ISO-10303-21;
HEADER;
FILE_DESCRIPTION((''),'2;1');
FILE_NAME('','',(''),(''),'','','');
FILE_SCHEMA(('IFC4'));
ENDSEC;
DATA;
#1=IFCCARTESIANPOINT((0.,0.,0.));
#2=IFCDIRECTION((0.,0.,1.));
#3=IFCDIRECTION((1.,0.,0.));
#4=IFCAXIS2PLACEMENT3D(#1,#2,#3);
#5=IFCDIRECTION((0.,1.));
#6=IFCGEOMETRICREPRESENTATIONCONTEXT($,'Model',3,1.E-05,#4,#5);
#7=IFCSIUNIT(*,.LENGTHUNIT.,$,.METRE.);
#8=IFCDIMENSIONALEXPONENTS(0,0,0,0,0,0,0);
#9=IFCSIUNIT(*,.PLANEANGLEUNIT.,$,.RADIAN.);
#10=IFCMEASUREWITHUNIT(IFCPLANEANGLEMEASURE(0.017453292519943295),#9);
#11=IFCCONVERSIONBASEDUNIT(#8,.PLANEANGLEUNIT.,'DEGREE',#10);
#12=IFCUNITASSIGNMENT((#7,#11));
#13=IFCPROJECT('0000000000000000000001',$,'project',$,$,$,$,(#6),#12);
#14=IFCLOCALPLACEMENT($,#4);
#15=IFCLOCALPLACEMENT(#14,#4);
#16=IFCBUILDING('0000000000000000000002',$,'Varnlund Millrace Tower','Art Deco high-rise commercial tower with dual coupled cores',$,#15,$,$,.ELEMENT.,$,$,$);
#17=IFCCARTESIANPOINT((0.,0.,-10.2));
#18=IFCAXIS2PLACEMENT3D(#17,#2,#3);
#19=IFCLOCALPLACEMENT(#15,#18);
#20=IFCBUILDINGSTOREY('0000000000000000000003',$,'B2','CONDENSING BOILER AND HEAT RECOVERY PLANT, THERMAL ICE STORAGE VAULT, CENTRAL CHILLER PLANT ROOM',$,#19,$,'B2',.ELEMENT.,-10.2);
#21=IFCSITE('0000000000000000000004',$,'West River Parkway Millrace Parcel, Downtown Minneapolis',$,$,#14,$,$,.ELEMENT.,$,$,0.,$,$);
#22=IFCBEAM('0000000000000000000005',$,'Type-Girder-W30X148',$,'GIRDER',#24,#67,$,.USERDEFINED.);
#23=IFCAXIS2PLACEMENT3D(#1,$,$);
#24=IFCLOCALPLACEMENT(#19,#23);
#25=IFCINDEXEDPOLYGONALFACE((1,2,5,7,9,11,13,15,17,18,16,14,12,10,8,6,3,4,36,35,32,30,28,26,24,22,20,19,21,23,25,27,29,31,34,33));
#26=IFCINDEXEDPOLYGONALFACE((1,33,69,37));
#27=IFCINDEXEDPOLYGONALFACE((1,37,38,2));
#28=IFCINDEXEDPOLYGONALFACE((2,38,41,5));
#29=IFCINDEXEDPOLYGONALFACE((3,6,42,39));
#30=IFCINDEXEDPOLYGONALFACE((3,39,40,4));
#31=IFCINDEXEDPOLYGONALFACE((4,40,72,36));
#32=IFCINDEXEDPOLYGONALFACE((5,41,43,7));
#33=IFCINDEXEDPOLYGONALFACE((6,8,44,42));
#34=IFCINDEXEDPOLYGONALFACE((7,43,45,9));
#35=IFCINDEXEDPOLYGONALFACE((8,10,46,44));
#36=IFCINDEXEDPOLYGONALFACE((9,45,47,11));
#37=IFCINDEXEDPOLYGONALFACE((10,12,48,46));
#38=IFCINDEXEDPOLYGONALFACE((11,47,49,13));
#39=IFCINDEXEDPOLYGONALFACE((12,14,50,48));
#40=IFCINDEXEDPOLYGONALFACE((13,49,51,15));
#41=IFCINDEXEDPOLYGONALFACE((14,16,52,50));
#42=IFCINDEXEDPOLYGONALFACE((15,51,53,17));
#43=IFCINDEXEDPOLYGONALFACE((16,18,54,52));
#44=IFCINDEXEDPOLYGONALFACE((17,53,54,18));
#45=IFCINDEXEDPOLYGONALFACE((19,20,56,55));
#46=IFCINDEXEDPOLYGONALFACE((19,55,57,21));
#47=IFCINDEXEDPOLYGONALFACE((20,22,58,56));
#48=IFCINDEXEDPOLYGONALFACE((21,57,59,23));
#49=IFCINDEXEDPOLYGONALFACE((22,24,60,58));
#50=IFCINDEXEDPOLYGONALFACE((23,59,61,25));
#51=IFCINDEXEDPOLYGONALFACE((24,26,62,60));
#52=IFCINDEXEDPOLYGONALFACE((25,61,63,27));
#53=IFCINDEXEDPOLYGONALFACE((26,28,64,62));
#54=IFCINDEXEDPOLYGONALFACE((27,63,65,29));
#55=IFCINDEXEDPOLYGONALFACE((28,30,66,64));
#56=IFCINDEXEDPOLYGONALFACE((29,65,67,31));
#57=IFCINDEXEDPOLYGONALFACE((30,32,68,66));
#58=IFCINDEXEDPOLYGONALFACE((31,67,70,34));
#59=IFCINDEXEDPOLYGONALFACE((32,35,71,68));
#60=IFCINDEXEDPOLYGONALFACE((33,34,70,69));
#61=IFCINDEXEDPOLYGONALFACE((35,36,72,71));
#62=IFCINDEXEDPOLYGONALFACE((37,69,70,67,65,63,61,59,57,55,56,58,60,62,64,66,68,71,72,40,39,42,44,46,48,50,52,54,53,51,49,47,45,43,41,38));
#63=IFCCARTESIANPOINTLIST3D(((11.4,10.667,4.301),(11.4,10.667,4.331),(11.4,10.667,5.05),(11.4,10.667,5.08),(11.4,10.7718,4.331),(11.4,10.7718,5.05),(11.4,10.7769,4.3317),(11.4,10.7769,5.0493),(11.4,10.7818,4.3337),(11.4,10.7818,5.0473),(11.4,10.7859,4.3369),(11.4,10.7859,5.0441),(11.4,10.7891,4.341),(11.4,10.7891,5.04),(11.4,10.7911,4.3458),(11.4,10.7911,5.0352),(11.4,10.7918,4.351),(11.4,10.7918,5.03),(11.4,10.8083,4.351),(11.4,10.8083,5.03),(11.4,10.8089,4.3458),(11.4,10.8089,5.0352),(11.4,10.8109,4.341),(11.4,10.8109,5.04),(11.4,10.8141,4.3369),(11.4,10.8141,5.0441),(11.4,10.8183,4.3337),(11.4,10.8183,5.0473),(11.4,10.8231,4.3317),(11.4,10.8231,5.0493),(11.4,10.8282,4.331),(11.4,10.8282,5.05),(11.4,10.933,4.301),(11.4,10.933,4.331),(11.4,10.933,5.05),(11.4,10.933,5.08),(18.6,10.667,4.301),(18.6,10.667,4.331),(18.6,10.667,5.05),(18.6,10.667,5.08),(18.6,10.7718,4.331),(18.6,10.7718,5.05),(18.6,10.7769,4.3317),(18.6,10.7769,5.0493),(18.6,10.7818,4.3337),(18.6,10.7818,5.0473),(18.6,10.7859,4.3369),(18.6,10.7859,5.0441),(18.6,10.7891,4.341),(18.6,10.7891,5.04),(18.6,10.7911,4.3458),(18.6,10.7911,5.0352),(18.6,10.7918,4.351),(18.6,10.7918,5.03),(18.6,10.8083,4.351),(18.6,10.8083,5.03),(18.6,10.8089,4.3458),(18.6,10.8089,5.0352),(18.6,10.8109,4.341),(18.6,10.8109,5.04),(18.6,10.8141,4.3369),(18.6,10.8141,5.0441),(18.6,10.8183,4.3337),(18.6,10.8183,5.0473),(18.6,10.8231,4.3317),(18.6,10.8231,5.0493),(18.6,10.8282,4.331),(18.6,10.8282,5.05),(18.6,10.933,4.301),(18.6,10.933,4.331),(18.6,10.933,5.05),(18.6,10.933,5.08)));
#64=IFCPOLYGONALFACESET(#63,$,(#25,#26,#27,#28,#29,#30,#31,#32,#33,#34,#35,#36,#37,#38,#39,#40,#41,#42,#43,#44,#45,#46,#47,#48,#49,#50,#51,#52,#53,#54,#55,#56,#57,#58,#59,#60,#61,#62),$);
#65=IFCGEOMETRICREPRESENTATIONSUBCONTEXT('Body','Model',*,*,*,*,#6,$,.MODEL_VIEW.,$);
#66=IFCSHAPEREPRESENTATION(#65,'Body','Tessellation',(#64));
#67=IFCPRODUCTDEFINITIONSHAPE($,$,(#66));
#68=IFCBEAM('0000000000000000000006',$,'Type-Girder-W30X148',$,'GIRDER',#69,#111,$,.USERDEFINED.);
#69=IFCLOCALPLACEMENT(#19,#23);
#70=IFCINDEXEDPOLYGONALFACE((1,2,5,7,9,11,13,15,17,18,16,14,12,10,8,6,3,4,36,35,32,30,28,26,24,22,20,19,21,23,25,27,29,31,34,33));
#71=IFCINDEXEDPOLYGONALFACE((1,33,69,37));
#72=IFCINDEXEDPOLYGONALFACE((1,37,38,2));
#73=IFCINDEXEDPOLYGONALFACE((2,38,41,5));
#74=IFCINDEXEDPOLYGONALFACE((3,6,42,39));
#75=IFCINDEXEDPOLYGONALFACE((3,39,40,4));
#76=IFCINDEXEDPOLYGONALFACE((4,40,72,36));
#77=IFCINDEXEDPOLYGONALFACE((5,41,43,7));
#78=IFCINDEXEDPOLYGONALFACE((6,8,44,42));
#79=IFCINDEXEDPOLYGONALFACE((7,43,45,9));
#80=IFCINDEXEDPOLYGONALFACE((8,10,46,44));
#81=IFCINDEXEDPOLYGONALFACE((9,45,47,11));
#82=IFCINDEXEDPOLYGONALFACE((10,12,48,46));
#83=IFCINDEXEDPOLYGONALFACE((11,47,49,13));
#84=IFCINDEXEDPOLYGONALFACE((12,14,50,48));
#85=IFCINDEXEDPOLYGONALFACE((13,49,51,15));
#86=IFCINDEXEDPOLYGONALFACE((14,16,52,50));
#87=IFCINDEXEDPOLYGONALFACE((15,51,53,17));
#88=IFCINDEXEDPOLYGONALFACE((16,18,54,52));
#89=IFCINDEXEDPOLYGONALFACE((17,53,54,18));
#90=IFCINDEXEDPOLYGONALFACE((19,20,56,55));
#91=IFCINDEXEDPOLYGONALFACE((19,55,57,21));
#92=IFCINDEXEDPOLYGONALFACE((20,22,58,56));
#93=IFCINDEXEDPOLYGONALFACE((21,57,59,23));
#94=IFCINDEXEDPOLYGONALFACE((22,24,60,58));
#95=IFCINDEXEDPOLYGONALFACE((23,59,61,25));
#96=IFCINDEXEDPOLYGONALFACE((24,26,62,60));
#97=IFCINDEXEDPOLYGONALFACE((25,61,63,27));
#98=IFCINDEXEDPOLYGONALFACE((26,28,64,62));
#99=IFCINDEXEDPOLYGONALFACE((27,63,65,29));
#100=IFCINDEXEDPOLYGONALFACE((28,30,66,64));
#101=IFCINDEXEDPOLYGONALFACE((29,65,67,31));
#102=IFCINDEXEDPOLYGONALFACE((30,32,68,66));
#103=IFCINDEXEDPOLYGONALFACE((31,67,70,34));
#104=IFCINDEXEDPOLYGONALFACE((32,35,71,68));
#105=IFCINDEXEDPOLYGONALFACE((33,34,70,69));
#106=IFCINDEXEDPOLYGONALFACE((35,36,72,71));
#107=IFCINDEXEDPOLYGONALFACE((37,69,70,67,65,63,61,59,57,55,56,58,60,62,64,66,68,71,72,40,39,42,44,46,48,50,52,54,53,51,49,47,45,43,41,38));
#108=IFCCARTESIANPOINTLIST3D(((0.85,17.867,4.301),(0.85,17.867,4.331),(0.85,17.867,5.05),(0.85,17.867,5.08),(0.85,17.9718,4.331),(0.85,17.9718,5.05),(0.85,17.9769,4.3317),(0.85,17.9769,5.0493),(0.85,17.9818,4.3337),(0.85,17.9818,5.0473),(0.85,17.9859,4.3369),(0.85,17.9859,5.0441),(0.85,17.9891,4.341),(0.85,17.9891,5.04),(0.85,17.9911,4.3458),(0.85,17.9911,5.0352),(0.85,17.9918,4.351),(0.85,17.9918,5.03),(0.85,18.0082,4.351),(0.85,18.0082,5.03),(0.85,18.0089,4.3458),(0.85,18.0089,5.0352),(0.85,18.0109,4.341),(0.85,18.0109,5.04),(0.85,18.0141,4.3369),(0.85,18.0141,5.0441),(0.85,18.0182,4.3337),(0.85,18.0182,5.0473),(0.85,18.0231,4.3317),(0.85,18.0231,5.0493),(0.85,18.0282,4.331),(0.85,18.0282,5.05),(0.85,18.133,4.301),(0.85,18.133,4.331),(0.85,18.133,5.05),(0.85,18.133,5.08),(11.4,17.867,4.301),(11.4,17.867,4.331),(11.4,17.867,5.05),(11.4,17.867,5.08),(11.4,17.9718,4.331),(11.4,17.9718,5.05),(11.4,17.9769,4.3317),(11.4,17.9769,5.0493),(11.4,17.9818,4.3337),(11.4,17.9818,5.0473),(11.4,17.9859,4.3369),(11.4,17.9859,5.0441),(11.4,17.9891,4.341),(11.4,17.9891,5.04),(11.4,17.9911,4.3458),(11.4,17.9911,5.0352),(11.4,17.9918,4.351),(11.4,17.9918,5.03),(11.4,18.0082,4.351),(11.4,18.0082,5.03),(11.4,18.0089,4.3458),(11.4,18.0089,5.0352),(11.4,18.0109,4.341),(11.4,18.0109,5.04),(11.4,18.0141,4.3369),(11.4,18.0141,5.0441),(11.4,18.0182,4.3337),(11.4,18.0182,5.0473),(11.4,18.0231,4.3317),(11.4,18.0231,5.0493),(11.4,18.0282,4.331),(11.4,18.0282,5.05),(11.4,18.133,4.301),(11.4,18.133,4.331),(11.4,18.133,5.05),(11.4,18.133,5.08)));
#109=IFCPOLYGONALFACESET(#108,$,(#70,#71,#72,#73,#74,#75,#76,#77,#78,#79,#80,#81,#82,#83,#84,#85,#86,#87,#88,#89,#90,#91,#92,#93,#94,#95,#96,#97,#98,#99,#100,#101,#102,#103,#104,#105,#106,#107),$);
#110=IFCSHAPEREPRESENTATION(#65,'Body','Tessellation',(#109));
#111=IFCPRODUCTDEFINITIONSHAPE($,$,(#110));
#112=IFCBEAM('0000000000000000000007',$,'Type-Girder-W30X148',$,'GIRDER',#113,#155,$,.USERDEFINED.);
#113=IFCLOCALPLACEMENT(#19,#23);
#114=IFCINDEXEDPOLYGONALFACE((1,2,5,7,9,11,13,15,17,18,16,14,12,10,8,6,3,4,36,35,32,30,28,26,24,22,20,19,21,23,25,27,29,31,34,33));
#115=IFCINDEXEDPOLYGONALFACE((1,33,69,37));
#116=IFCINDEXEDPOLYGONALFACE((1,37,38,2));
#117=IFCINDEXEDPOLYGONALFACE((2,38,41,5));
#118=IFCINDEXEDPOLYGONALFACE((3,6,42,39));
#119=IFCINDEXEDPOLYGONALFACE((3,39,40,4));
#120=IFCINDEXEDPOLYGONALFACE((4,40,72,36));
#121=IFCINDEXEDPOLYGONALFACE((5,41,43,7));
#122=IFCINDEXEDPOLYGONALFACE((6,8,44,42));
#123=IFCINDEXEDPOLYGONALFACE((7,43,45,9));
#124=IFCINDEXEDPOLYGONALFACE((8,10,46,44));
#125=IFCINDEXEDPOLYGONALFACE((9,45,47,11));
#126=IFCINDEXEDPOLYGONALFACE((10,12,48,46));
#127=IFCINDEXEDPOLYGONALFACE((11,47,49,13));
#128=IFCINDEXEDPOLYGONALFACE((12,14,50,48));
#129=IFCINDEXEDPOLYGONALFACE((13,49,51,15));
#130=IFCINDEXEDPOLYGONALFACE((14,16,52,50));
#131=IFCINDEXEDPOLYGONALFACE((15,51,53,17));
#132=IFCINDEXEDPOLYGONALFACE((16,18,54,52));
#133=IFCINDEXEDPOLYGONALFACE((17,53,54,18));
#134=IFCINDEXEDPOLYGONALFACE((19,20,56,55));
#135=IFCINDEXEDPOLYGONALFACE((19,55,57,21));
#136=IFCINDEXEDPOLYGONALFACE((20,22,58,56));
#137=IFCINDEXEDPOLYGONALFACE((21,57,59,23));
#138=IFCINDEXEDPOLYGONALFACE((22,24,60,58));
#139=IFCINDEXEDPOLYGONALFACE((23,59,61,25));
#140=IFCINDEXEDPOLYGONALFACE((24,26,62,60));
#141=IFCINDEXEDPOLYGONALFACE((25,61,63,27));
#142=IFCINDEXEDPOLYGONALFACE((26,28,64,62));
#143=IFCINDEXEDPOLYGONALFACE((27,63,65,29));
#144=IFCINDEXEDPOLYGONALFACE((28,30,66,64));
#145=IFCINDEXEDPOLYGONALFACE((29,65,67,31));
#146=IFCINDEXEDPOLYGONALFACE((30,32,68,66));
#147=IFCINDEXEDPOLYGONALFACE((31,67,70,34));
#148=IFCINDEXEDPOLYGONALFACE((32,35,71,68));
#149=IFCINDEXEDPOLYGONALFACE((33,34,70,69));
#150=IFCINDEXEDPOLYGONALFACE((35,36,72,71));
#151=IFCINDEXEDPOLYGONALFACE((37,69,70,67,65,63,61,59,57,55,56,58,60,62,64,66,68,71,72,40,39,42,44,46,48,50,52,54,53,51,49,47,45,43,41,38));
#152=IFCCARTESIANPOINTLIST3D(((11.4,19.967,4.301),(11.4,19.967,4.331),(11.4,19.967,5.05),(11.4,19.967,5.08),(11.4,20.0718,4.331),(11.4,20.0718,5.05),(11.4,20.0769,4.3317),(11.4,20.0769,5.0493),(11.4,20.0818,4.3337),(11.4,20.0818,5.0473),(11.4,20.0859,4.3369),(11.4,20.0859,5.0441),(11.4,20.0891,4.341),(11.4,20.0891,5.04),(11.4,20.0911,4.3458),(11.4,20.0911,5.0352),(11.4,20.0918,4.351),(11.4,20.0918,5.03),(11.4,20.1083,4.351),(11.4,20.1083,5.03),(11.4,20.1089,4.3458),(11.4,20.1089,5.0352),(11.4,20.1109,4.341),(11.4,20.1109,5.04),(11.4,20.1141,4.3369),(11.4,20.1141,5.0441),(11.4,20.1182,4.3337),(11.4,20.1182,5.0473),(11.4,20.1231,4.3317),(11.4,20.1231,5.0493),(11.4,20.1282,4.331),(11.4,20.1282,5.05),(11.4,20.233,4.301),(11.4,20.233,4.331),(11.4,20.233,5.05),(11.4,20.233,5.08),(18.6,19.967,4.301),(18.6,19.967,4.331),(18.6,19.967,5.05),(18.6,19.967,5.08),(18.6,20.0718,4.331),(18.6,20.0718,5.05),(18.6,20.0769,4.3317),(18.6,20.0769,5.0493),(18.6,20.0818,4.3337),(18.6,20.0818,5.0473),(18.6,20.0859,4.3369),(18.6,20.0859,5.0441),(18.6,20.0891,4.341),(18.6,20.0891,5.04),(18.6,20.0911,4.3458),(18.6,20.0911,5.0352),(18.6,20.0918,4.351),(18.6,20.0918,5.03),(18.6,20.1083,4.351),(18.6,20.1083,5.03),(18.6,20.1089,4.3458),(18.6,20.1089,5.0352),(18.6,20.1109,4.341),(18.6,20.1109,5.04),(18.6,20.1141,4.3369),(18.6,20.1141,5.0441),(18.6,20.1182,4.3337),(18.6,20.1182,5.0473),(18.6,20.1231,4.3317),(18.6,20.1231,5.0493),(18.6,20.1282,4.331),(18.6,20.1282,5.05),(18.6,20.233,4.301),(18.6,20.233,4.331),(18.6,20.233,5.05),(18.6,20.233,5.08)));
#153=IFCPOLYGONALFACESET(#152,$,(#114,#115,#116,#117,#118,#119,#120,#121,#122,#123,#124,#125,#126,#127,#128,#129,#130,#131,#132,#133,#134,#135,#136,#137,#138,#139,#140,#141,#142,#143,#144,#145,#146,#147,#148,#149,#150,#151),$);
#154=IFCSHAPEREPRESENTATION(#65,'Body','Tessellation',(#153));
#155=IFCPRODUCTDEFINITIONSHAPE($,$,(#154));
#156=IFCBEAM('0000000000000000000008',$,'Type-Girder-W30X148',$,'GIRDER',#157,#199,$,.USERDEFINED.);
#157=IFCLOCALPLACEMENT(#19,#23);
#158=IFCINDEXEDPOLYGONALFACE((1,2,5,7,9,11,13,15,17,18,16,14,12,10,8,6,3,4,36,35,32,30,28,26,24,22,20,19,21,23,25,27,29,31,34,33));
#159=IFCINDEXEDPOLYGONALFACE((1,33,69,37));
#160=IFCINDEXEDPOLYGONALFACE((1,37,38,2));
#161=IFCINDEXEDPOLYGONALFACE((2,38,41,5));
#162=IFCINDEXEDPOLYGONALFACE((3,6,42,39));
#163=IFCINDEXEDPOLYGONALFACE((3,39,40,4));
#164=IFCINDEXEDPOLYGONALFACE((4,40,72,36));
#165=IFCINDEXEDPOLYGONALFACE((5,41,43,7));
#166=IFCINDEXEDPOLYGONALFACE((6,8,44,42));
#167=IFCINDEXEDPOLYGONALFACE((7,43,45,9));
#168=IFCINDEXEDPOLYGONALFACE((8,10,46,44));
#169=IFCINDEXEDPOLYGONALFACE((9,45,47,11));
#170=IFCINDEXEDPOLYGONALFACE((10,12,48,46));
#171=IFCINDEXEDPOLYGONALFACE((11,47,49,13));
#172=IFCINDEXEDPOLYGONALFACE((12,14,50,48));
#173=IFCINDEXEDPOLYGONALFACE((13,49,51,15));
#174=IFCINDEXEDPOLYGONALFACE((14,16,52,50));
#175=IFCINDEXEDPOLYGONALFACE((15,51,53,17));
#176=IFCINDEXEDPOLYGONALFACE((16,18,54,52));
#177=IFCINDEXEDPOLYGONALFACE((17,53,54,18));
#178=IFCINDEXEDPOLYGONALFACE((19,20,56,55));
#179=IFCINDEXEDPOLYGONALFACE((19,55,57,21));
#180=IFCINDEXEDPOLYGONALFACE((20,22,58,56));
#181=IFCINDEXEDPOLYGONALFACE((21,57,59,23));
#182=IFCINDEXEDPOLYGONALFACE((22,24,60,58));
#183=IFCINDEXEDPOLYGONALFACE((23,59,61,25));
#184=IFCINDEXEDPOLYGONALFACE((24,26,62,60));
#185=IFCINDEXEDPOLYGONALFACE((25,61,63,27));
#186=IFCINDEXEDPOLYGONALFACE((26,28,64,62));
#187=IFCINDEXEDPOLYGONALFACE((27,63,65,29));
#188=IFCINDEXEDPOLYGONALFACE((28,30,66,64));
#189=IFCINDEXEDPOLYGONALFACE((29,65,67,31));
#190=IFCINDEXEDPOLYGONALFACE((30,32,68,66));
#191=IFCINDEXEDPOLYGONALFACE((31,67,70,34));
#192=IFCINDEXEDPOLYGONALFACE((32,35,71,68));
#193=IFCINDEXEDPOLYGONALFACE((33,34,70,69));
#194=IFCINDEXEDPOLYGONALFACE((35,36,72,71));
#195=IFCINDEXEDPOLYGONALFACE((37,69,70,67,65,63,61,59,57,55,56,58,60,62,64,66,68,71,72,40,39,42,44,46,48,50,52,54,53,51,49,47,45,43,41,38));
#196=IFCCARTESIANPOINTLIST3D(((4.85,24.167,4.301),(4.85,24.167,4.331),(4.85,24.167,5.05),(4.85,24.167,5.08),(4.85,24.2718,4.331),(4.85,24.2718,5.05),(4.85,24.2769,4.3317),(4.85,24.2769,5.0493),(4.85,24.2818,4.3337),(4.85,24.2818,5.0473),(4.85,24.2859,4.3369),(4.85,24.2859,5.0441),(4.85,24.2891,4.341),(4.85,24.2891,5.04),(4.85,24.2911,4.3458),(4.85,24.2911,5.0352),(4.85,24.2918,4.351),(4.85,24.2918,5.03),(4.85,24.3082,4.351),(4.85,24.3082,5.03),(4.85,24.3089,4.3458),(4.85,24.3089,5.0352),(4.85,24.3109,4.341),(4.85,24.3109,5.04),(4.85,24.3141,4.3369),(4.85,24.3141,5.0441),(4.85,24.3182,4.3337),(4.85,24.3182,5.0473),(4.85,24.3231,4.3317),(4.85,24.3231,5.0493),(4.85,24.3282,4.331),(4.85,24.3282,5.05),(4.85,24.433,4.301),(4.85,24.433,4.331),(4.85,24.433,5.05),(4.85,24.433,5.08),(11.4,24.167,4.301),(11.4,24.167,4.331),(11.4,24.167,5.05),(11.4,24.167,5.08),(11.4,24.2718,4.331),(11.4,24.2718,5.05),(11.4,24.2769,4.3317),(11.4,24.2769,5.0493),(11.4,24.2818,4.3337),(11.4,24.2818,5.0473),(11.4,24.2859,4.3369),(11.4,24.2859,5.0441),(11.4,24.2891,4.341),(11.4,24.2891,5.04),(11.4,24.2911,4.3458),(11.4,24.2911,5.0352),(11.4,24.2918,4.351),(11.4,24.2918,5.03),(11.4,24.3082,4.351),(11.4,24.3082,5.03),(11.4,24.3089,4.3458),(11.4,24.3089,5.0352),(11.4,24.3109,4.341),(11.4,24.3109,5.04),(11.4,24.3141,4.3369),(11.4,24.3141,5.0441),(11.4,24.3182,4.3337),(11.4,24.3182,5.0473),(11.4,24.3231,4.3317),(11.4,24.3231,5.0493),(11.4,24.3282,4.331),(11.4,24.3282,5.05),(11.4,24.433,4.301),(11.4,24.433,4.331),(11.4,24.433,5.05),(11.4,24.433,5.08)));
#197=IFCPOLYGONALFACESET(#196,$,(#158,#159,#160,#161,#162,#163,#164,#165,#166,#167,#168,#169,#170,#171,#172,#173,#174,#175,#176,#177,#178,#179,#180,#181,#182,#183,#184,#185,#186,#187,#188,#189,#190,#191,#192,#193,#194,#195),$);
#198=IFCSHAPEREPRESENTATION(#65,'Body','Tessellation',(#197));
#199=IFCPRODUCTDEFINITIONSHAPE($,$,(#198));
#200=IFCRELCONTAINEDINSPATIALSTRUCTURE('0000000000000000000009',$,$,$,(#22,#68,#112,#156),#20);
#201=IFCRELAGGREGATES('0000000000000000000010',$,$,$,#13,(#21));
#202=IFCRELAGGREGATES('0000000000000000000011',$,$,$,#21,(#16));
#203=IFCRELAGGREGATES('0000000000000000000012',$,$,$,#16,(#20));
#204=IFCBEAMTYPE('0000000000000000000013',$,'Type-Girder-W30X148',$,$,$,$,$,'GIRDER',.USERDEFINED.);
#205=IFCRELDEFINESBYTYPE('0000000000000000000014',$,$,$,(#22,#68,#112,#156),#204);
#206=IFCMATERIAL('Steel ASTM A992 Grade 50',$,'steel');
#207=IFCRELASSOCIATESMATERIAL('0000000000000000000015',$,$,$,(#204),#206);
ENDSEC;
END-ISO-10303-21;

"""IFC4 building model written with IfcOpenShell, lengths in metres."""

from ifc_helpers import new_model, entity, si_unit, converted_unit, direction, frame, origin_with_axes, origin_2d_with_axis, place, context, subcontext, project, spatial, i_section, extrude, material, material_profile, profile_set, type_object, element, save


model = new_model("IFC4")

# Units and contexts
model_context = context("Model", 3, precision=1e-05, world=origin_with_axes(), true_north=direction((0.0, 1.0)))
body_context = subcontext(model_context, "Body", "Model", "MODEL_VIEW")
ifc_project = project(units=[si_unit("LENGTHUNIT", "METRE"), converted_unit("PLANEANGLEUNIT", "DEGREE", entity("IfcPlaneAngleMeasure", 0.017453292519943295), si_unit("PLANEANGLEUNIT", "RADIAN"), dimensions=[0, 0, 0, 0, 0, 0, 0])], contexts=[model_context])

# Site, building, storey
site_placement = place(None, origin_with_axes())
site = spatial("IfcSite", under=ifc_project, at=site_placement, Name="West River Parkway Millrace Parcel, Downtown Minneapolis", CompositionType="ELEMENT", RefElevation=0.0)
building_placement = place(site_placement, origin_with_axes())
building = spatial("IfcBuilding", under=site, at=building_placement, Name="Varnlund Millrace Tower", Description="Art Deco high-rise commercial tower with dual coupled cores", CompositionType="ELEMENT")
storey_placement = place(building_placement, frame((0.0, 0.0, -10.2), z_axis=(0.0, 0.0, 1.0), x_axis=(1.0, 0.0, 0.0)))
storey = spatial("IfcBuildingStorey", under=building, at=storey_placement, Name="B2", Description="CONDENSING BOILER AND HEAT RECOVERY PLANT, THERMAL ICE STORAGE VAULT, CENTRAL CHILLER PLANT ROOM", LongName="B2", CompositionType="ELEMENT", Elevation=-10.2)

# Beams
ifc_material_1 = material(Name="Steel ASTM A992 Grade 50", Category="steel")
ifc_material_profile_1 = material_profile(ifc_material_1, i_section(OverallWidth=0.266, OverallDepth=0.779, WebThickness=0.0165, FlangeThickness=0.03, FilletRadius=0.02, at=origin_2d_with_axis()), Name="Steel ASTM A992 Grade 50")
ifc_profile_set_1 = profile_set([ifc_material_profile_1], Name="Steel ASTM A992 Grade 50")
beam_type_1 = type_object("IfcBeamType", Name="Type-Girder-W30X148", ElementType="GIRDER", PredefinedType="USERDEFINED", material=ifc_profile_set_1)
beam_1_placement = place(storey_placement, frame((11.4, 10.8, 4.6905), z_axis=(1.0, 0.0, 0.0), x_axis=(0.0, 1.0, 0.0)))
element("IfcBeam", 1, at=beam_1_placement, inside=storey, type_object=beam_type_1, Name="Type-Girder-W30X148", ObjectType="GIRDER", PredefinedType="USERDEFINED", context=body_context, shape_type="SweptSolid", body=[
    extrude(i_section(OverallWidth=0.266, OverallDepth=0.779, WebThickness=0.0165, FlangeThickness=0.03, FilletRadius=0.02, at=origin_2d_with_axis()), origin_with_axes(), (0.0, 0.0, 1.0), 7.2),
])
beam_2_placement = place(storey_placement, frame((0.85, 18.0, 4.6905), z_axis=(1.0, 0.0, 0.0), x_axis=(0.0, 1.0, 0.0)))
element("IfcBeam", 2, at=beam_2_placement, inside=storey, type_object=beam_type_1, Name="Type-Girder-W30X148", ObjectType="GIRDER", PredefinedType="USERDEFINED", context=body_context, shape_type="SweptSolid", body=[
    extrude(i_section(OverallWidth=0.266, OverallDepth=0.779, WebThickness=0.0165, FlangeThickness=0.03, FilletRadius=0.02, at=origin_2d_with_axis()), origin_with_axes(), (0.0, 0.0, 1.0), 10.55),
])
beam_3_placement = place(storey_placement, frame((11.4, 20.1, 4.6905), z_axis=(1.0, 0.0, 0.0), x_axis=(0.0, 1.0, 0.0)))
element("IfcBeam", 3, at=beam_3_placement, inside=storey, type_object=beam_type_1, Name="Type-Girder-W30X148", ObjectType="GIRDER", PredefinedType="USERDEFINED", context=body_context, shape_type="SweptSolid", body=[
    extrude(i_section(OverallWidth=0.266, OverallDepth=0.779, WebThickness=0.0165, FlangeThickness=0.03, FilletRadius=0.02, at=origin_2d_with_axis()), origin_with_axes(), (0.0, 0.0, 1.0), 7.2),
])
beam_4_placement = place(storey_placement, frame((4.85, 24.3, 4.6905), z_axis=(1.0, 0.0, 0.0), x_axis=(0.0, 1.0, 0.0)))
element("IfcBeam", 4, at=beam_4_placement, inside=storey, type_object=beam_type_1, Name="Type-Girder-W30X148", ObjectType="GIRDER", PredefinedType="USERDEFINED", context=body_context, shape_type="SweptSolid", body=[
    extrude(i_section(OverallWidth=0.266, OverallDepth=0.779, WebThickness=0.0165, FlangeThickness=0.03, FilletRadius=0.02, at=origin_2d_with_axis()), origin_with_axes(), (0.0, 0.0, 1.0), 6.55),
])

save(model, "model.ifc")
